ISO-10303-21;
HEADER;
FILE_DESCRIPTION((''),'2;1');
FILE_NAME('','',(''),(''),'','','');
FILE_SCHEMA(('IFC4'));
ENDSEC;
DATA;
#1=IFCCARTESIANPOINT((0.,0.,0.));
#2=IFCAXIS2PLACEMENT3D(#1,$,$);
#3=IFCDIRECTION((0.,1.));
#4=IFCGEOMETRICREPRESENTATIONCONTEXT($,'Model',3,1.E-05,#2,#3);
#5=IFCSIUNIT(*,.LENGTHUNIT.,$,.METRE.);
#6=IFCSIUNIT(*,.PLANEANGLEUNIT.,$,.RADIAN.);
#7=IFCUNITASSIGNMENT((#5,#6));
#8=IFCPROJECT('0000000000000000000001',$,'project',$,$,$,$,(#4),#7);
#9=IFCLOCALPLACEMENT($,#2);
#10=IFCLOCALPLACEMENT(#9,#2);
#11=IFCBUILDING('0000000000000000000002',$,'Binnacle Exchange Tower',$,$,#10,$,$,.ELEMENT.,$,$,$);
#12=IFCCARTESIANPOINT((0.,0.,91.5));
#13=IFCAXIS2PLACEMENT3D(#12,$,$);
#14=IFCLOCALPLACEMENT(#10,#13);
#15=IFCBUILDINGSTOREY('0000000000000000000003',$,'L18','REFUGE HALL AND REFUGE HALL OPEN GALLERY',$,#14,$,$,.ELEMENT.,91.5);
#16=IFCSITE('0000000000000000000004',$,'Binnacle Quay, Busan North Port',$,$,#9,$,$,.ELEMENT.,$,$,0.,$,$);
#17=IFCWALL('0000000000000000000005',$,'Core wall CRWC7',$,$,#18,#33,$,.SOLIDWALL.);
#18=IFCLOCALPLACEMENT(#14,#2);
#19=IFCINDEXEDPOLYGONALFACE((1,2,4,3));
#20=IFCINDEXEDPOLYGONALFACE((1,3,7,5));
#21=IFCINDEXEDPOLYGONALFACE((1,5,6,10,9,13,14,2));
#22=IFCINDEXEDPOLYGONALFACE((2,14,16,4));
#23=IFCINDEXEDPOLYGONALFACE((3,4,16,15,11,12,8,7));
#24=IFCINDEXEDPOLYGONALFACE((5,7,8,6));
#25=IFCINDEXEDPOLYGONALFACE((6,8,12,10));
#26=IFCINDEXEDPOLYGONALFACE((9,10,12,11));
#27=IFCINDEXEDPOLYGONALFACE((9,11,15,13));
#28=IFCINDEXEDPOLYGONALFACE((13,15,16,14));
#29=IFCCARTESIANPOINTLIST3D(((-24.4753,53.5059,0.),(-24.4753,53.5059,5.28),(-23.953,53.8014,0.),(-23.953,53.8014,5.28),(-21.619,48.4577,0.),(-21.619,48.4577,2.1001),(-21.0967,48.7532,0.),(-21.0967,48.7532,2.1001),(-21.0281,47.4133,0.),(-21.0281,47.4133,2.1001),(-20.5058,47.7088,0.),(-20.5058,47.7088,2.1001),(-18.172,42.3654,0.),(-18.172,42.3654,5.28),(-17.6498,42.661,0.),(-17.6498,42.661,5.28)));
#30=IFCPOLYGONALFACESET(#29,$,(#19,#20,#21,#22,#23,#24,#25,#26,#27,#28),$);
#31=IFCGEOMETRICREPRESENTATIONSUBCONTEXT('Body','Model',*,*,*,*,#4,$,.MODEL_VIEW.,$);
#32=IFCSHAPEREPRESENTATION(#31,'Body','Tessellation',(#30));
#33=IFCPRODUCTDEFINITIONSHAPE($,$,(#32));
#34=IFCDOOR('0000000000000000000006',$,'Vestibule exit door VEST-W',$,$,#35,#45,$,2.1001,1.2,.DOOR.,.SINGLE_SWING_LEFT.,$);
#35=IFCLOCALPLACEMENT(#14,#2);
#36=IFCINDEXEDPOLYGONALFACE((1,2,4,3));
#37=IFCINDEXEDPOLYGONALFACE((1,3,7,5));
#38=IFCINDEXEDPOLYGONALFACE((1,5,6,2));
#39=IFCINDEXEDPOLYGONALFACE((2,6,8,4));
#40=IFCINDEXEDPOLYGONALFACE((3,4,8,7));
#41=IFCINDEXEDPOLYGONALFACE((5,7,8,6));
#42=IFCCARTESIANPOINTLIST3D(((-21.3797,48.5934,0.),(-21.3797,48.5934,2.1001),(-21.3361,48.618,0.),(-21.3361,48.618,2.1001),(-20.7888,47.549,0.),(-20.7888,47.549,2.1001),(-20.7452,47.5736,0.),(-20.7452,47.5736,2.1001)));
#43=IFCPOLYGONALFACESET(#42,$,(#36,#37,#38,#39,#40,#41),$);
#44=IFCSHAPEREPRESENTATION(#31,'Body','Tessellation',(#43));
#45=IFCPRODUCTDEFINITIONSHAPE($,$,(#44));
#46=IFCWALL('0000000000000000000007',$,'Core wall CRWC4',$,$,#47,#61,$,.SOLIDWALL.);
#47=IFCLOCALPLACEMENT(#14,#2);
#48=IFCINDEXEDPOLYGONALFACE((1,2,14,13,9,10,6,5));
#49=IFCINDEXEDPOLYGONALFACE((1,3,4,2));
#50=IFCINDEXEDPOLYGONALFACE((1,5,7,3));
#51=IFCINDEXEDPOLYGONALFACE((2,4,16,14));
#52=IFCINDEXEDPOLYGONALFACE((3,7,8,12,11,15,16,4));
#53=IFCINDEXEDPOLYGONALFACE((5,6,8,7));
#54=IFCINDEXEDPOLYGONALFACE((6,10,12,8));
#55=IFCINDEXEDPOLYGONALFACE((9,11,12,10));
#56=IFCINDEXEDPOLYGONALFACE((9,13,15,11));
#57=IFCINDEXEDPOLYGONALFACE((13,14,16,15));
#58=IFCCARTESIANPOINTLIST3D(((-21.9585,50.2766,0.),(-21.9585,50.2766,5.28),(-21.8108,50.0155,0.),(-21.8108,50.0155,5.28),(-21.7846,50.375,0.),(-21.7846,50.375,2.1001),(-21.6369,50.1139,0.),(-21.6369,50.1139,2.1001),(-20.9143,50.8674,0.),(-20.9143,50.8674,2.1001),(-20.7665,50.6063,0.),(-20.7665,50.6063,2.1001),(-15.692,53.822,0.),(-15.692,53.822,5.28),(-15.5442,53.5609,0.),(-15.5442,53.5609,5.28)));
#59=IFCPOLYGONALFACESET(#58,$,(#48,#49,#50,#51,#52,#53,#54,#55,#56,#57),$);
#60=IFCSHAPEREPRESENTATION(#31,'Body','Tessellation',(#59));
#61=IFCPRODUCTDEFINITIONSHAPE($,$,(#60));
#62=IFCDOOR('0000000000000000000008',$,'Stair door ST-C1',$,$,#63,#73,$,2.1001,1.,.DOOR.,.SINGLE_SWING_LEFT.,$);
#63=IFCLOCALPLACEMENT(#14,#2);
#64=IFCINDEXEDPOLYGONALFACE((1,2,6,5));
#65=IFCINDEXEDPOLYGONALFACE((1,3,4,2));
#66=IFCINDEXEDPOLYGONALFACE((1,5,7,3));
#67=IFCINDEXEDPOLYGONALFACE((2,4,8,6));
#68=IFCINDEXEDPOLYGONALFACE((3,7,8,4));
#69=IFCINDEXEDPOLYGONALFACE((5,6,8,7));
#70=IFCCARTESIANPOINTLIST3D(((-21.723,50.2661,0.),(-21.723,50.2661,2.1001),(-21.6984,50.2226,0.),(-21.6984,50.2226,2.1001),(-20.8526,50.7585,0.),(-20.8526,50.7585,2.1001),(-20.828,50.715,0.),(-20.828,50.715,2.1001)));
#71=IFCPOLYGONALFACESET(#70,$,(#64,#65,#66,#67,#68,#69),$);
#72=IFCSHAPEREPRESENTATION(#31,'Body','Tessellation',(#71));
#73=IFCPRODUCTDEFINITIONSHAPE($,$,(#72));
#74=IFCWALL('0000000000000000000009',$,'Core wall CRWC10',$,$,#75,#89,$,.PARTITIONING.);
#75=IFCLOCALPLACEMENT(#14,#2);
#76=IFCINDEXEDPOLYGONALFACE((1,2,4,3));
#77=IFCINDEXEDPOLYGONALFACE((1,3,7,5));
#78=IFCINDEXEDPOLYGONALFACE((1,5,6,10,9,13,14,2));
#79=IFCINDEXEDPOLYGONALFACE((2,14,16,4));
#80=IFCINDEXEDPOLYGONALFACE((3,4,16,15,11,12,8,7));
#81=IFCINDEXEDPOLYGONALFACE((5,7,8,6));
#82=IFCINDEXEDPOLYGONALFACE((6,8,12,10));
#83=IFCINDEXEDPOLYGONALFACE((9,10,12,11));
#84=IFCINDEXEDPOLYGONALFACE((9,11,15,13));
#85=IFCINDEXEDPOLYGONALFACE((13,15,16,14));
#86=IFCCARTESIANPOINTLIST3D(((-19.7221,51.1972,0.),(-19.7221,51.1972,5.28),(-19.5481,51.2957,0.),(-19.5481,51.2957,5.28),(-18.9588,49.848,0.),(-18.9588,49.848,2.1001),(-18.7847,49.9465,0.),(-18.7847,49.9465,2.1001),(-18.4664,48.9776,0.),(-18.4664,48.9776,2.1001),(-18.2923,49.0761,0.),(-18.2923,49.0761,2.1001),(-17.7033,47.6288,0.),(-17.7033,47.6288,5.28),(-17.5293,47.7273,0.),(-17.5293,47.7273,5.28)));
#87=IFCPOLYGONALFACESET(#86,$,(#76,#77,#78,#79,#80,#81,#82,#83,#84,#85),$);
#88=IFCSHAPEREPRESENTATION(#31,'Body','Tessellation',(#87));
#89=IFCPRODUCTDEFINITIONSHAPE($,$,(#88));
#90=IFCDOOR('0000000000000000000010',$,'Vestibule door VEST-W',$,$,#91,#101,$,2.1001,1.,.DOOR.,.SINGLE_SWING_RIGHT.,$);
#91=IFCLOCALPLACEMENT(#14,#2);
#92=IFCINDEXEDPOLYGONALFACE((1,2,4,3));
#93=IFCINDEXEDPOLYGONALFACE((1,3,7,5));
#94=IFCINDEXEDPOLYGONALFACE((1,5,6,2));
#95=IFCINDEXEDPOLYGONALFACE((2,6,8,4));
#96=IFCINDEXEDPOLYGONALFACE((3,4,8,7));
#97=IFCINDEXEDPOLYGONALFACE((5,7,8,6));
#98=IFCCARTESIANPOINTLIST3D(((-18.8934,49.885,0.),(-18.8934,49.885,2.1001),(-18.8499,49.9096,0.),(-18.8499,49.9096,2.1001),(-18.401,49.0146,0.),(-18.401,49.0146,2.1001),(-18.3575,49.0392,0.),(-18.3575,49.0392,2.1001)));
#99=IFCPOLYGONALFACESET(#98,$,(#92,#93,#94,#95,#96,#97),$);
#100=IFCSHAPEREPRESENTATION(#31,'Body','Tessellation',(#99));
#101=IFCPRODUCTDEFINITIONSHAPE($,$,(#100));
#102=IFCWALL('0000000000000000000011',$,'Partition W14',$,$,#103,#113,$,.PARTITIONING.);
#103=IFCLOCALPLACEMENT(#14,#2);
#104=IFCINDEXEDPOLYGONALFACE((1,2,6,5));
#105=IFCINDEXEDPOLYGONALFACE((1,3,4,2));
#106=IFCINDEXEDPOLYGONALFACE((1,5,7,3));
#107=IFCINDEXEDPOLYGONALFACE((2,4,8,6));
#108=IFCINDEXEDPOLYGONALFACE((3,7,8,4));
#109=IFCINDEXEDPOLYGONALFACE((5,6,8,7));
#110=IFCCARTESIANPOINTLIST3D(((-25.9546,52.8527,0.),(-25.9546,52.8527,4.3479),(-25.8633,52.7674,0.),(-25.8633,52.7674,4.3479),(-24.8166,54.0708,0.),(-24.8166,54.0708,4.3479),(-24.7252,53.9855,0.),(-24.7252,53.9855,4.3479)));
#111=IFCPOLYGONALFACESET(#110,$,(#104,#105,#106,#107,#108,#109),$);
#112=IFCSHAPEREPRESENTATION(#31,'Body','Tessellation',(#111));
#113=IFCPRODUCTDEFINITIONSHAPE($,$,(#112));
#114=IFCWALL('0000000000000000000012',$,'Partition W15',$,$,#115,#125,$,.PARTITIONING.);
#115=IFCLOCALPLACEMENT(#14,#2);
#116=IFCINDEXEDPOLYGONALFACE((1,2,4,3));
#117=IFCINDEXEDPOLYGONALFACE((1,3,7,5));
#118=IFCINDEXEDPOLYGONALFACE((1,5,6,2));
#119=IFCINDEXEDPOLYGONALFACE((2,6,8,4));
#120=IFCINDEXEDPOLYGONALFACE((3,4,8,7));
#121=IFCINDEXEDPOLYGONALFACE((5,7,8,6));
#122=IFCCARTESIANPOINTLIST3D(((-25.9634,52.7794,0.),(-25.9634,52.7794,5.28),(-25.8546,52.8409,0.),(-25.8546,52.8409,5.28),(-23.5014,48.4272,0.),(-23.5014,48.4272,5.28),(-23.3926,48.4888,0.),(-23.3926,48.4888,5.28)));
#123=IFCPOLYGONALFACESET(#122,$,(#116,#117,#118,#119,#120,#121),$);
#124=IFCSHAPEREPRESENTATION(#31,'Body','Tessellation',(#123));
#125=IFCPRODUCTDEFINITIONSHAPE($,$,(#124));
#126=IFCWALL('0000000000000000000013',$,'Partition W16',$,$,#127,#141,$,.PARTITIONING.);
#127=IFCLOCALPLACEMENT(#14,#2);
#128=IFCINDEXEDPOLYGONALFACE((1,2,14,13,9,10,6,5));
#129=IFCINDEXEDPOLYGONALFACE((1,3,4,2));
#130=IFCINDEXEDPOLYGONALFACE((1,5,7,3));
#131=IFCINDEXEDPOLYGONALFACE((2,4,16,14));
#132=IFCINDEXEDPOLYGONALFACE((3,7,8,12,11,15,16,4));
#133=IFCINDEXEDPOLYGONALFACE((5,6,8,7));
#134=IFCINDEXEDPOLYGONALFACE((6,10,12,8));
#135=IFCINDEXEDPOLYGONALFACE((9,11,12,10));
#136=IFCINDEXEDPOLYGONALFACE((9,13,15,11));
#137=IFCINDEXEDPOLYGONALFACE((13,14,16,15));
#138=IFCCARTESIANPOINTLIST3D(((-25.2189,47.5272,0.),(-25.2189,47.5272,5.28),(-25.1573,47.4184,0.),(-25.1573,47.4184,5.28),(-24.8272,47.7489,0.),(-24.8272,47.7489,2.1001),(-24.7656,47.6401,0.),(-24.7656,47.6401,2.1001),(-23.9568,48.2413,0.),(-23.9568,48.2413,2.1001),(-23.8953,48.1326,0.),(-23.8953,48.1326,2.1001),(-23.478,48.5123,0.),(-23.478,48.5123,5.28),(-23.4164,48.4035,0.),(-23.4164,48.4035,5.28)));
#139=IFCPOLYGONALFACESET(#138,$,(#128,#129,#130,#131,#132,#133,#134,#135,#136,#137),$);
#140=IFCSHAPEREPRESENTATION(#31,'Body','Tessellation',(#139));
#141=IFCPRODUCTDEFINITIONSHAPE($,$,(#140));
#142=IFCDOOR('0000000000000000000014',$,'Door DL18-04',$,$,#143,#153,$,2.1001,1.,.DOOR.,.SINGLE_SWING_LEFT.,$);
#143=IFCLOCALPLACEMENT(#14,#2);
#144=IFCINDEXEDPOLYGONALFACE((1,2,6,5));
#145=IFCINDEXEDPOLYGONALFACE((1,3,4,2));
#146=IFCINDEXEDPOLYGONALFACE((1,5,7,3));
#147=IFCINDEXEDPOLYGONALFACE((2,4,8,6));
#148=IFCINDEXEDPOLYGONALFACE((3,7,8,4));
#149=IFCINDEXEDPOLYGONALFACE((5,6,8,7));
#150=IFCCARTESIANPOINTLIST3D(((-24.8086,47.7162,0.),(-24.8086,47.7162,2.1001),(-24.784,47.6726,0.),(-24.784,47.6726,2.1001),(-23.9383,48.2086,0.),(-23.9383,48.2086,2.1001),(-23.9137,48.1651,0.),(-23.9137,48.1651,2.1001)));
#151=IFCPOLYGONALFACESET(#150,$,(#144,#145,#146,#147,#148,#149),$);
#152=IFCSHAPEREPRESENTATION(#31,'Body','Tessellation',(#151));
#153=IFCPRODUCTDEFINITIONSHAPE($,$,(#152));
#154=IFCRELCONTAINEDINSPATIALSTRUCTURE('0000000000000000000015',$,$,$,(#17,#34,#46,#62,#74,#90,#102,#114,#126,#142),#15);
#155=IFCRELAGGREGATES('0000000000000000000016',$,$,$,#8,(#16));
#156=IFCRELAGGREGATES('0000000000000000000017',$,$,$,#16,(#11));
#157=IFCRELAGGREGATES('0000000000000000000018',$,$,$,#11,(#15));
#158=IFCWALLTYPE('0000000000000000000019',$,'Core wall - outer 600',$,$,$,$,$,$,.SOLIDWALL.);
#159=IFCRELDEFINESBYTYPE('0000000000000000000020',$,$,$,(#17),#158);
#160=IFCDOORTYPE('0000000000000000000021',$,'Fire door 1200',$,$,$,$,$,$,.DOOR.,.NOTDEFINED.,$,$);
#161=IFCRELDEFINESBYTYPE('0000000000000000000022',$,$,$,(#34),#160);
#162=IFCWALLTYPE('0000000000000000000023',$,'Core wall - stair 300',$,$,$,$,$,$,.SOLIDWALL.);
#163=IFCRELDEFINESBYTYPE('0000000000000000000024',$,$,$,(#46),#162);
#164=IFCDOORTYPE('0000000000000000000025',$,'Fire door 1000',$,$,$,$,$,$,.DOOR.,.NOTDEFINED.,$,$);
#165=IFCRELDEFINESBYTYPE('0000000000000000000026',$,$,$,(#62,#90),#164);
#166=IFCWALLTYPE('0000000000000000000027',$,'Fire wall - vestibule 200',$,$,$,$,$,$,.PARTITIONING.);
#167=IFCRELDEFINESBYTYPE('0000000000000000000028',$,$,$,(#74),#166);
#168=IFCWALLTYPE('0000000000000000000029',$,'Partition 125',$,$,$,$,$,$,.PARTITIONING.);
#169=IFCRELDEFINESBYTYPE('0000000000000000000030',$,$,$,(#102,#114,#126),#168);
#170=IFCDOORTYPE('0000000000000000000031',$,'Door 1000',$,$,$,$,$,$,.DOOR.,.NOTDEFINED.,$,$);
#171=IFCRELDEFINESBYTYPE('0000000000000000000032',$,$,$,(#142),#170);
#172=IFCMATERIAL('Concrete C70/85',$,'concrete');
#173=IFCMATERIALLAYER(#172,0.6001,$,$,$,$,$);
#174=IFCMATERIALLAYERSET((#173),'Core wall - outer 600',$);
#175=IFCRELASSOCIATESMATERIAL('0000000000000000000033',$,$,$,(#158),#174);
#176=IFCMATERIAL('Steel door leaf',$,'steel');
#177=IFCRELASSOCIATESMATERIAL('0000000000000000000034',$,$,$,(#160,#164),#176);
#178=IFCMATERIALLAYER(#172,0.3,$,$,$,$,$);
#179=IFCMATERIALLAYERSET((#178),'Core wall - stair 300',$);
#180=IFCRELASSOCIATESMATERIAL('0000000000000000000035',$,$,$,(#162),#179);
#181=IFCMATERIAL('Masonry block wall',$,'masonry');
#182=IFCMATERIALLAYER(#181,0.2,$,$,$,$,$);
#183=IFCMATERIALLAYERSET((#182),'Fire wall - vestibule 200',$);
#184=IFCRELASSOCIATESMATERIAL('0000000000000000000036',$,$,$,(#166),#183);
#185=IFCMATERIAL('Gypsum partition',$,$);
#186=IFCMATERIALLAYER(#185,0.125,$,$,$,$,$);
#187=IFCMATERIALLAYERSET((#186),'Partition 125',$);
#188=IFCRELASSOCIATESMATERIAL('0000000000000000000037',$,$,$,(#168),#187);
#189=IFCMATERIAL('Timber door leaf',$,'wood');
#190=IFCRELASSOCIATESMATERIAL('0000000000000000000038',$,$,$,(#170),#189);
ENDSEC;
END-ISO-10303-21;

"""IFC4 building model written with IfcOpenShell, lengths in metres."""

from ifc_helpers import new_model, si_unit, direction, frame, frame_2d, origin, place, context, subcontext, project, spatial, rectangle, extrude, material, layer, layer_set, type_object, element, fill, save


model = new_model("IFC4")

# Units and contexts
model_context = context("Model", 3, precision=1e-05, world=origin(), true_north=direction((0.0, 1.0)))
body_context = subcontext(model_context, "Body", "Model", "MODEL_VIEW")
ifc_project = project(units=[si_unit("LENGTHUNIT", "METRE"), si_unit("PLANEANGLEUNIT", "RADIAN")], contexts=[model_context])

# Site, building, storey
site_placement = place(None, origin())
site = spatial("IfcSite", under=ifc_project, at=site_placement, Name="Binnacle Quay, Busan North Port", CompositionType="ELEMENT", RefElevation=0.0)
building_placement = place(site_placement, origin())
building = spatial("IfcBuilding", under=site, at=building_placement, Name="Binnacle Exchange Tower", CompositionType="ELEMENT")
storey_placement = place(building_placement, frame((0.0, 0.0, 91.5)))
storey = spatial("IfcBuildingStorey", under=building, at=storey_placement, Name="L18", Description="REFUGE HALL AND REFUGE HALL OPEN GALLERY", CompositionType="ELEMENT", Elevation=91.5)

# Shared definitions
ifc_material_1 = material(Name="Concrete C70/85", Category="concrete")

# Shared definitions
ifc_material_2 = material(Name="Steel door leaf", Category="steel")

# Shared definitions
ifc_layer_1 = layer(ifc_material_1, 0.6001)
ifc_layer_set_1 = layer_set([ifc_layer_1], Name="Core wall - outer 600")
wall_type_1 = type_object("IfcWallType", Name="Core wall - outer 600", PredefinedType="SOLIDWALL", material=ifc_layer_set_1)

# Walls, openings, doors
wall_1_placement = place(storey_placement, frame((-24.2141, 53.6536, 0.0), z_axis=(0.0, 0.0, 1.0), x_axis=(0.492441, -0.870346, 0.0)))
wall_1 = element("IfcWall", 1, at=wall_1_placement, inside=storey, type_object=wall_type_1, Name="Core wall CRWC7", PredefinedType="SOLIDWALL", context=body_context, shape_type="SweptSolid", body=[
    extrude(rectangle(XDim=12.8, YDim=0.6001, at=frame_2d((6.3999, 0.0))), origin(), (0.0, 0.0, 1.0), 5.28),
])
opening_1_placement = place(wall_1_placement, frame((5.8, 0.0, 0.0)))
opening_1 = element("IfcOpeningElement", 2, at=opening_1_placement, cuts=wall_1, PredefinedType="OPENING", context=body_context, shape_type="SweptSolid", body=[
    extrude(rectangle(XDim=1.2, YDim=2.1001, at=frame_2d((0.6001, 1.05))), frame((0.0, 0.3101, 0.0), z_axis=(0.0, -1.0, 0.0), x_axis=(1.0, 0.0, 0.0)), (0.0, 0.0, 1.0), 0.6201),
])
door_type_1 = type_object("IfcDoorType", Name="Fire door 1200", OperationType="NOTDEFINED", PredefinedType="DOOR", material=ifc_material_2)
door_1_placement = place(opening_1_placement, frame((1.2, 0.0, 0.0), z_axis=(0.0, 0.0, 1.0), x_axis=(-1.0, 0.0, 0.0)))
door_1 = element("IfcDoor", 3, at=door_1_placement, inside=storey, type_object=door_type_1, Name="Vestibule exit door VEST-W", OperationType="SINGLE_SWING_LEFT", OverallHeight=2.1001, OverallWidth=1.2, PredefinedType="DOOR", context=body_context, shape_type="SweptSolid", body=[
    extrude(rectangle(XDim=1.2, YDim=2.1001, at=frame_2d((0.6001, 1.05))), frame((0.0, 0.0249, 0.0), z_axis=(0.0, -1.0, 0.0), x_axis=(1.0, 0.0, 0.0)), (0.0, 0.0, 1.0), 0.05),
])
fill(opening_1, door_1)
ifc_layer_2 = layer(ifc_material_1, 0.3)
ifc_layer_set_2 = layer_set([ifc_layer_2], Name="Core wall - stair 300")
wall_type_2 = type_object("IfcWallType", Name="Core wall - stair 300", PredefinedType="SOLIDWALL", material=ifc_layer_set_2)
wall_2_placement = place(storey_placement, frame((-21.8848, 50.146, 0.0), z_axis=(0.0, 0.0, 1.0), x_axis=(0.870359, 0.492417, 0.0)))
wall_2 = element("IfcWall", 4, at=wall_2_placement, inside=storey, type_object=wall_type_2, Name="Core wall CRWC4", PredefinedType="SOLIDWALL", context=body_context, shape_type="SweptSolid", body=[
    extrude(rectangle(XDim=7.2, YDim=0.3, at=frame_2d((3.6001, 0.0))), origin(), (0.0, 0.0, 1.0), 5.28),
])
opening_2_placement = place(wall_2_placement, frame((0.2, 0.0, 0.0)))
opening_2 = element("IfcOpeningElement", 5, at=opening_2_placement, cuts=wall_2, PredefinedType="OPENING", context=body_context, shape_type="SweptSolid", body=[
    extrude(rectangle(XDim=1.0, YDim=2.1001, at=frame_2d((0.5, 1.05))), frame((0.0, 0.1599, 0.0), z_axis=(0.0, -1.0, 0.0), x_axis=(1.0, 0.0, 0.0)), (0.0, 0.0, 1.0), 0.3201),
])
door_type_2 = type_object("IfcDoorType", Name="Fire door 1000", OperationType="NOTDEFINED", PredefinedType="DOOR", material=ifc_material_2)
door_2_placement = place(opening_2_placement, origin())
door_2 = element("IfcDoor", 6, at=door_2_placement, inside=storey, type_object=door_type_2, Name="Stair door ST-C1", OperationType="SINGLE_SWING_LEFT", OverallHeight=2.1001, OverallWidth=1.0, PredefinedType="DOOR", context=body_context, shape_type="SweptSolid", body=[
    extrude(rectangle(XDim=1.0, YDim=2.1001, at=frame_2d((0.5, 1.05))), frame((0.0, 0.0249, 0.0), z_axis=(0.0, -1.0, 0.0), x_axis=(1.0, 0.0, 0.0)), (0.0, 0.0, 1.0), 0.05),
])
fill(opening_2, door_2)
ifc_material_3 = material(Name="Masonry block wall", Category="masonry")
ifc_layer_3 = layer(ifc_material_3, 0.2)
ifc_layer_set_3 = layer_set([ifc_layer_3], Name="Fire wall - vestibule 200")
wall_type_3 = type_object("IfcWallType", Name="Fire wall - vestibule 200", PredefinedType="PARTITIONING", material=ifc_layer_set_3)
wall_3_placement = place(storey_placement, frame((-19.635, 51.2463, 0.0), z_axis=(0.0, 0.0, 1.0), x_axis=(0.492408, -0.870364, 0.0)))
wall_3 = element("IfcWall", 7, at=wall_3_placement, inside=storey, type_object=wall_type_3, Name="Core wall CRWC10", PredefinedType="PARTITIONING", context=body_context, shape_type="SweptSolid", body=[
    extrude(rectangle(XDim=4.0999, YDim=0.2, at=frame_2d((2.0498, 0.0))), origin(), (0.0, 0.0, 1.0), 5.28),
])
opening_3_placement = place(wall_3_placement, frame((1.55, 0.0, 0.0)))
opening_3 = element("IfcOpeningElement", 8, at=opening_3_placement, cuts=wall_3, PredefinedType="OPENING", context=body_context, shape_type="SweptSolid", body=[
    extrude(rectangle(XDim=1.0, YDim=2.1001, at=frame_2d((0.5, 1.05))), frame((0.0, 0.1099, 0.0), z_axis=(0.0, -1.0, 0.0), x_axis=(1.0, 0.0, 0.0)), (0.0, 0.0, 1.0), 0.22),
])
door_3_placement = place(opening_3_placement, frame((1.0, 0.0, 0.0), z_axis=(0.0, 0.0, 1.0), x_axis=(-1.0, 0.0, 0.0)))
door_3 = element("IfcDoor", 9, at=door_3_placement, inside=storey, type_object=door_type_2, Name="Vestibule door VEST-W", OperationType="SINGLE_SWING_RIGHT", OverallHeight=2.1001, OverallWidth=1.0, PredefinedType="DOOR", context=body_context, shape_type="SweptSolid", body=[
    extrude(rectangle(XDim=1.0, YDim=2.1001, at=frame_2d((0.5, 1.05))), frame((0.0, 0.0249, 0.0), z_axis=(0.0, -1.0, 0.0), x_axis=(1.0, 0.0, 0.0)), (0.0, 0.0, 1.0), 0.05),
])
fill(opening_3, door_3)

# Walls
ifc_material_4 = material(Name="Gypsum partition")
ifc_layer_4 = layer(ifc_material_4, 0.125)
ifc_layer_set_4 = layer_set([ifc_layer_4], Name="Partition 125")
wall_type_4 = type_object("IfcWallType", Name="Partition 125", PredefinedType="PARTITIONING", material=ifc_layer_set_4)
wall_4_placement = place(storey_placement, frame((-25.9089, 52.8101, 0.0), z_axis=(0.0, 0.0, 1.0), x_axis=(0.682678, 0.730719, 0.0)))
element("IfcWall", 10, at=wall_4_placement, inside=storey, type_object=wall_type_4, Name="Partition W14", PredefinedType="PARTITIONING", context=body_context, shape_type="SweptSolid", body=[
    extrude(rectangle(XDim=1.667, YDim=0.125, at=frame_2d((0.8335, 0.0))), origin(), (0.0, 0.0, 1.0), 4.3479),
])
wall_5_placement = place(storey_placement, frame((-25.9089, 52.8101, 0.0), z_axis=(0.0, 0.0, 1.0), x_axis=(0.492369, -0.870386, 0.0)))
element("IfcWall", 11, at=wall_5_placement, inside=storey, type_object=wall_type_4, Name="Partition W15", PredefinedType="PARTITIONING", context=body_context, shape_type="SweptSolid", body=[
    extrude(rectangle(XDim=5.0002, YDim=0.125, at=frame_2d((2.5, 0.0))), origin(), (0.0, 0.0, 1.0), 5.28),
])

# Wall, opening, door
wall_6_placement = place(storey_placement, frame((-25.188, 47.4729, 0.0), z_axis=(0.0, 0.0, 1.0), x_axis=(0.870331, 0.492467, 0.0)))
wall_6 = element("IfcWall", 12, at=wall_6_placement, inside=storey, type_object=wall_type_4, Name="Partition W16", PredefinedType="PARTITIONING", context=body_context, shape_type="SweptSolid", body=[
    extrude(rectangle(XDim=2.0002, YDim=0.125, at=frame_2d((1.0, 0.0))), origin(), (0.0, 0.0, 1.0), 5.28),
])
opening_4_placement = place(wall_6_placement, frame((0.45, 0.0, 0.0)))
opening_4 = element("IfcOpeningElement", 13, at=opening_4_placement, cuts=wall_6, PredefinedType="OPENING", context=body_context, shape_type="SweptSolid", body=[
    extrude(rectangle(XDim=1.0, YDim=2.1001, at=frame_2d((0.5, 1.05))), frame((0.0, 0.0725, 0.0), z_axis=(0.0, -1.0, 0.0), x_axis=(1.0, 0.0, 0.0)), (0.0, 0.0, 1.0), 0.145),
])
ifc_material_5 = material(Name="Timber door leaf", Category="wood")
door_type_3 = type_object("IfcDoorType", Name="Door 1000", OperationType="NOTDEFINED", PredefinedType="DOOR", material=ifc_material_5)
door_4_placement = place(opening_4_placement, origin())
door_4 = element("IfcDoor", 14, at=door_4_placement, inside=storey, type_object=door_type_3, Name="Door DL18-04", OperationType="SINGLE_SWING_LEFT", OverallHeight=2.1001, OverallWidth=1.0, PredefinedType="DOOR", context=body_context, shape_type="SweptSolid", body=[
    extrude(rectangle(XDim=1.0, YDim=2.1001, at=frame_2d((0.5, 1.05))), frame((0.0, 0.0249, 0.0), z_axis=(0.0, -1.0, 0.0), x_axis=(1.0, 0.0, 0.0)), (0.0, 0.0, 1.0), 0.05),
])
fill(opening_4, door_4)

save(model, "model.ifc")
